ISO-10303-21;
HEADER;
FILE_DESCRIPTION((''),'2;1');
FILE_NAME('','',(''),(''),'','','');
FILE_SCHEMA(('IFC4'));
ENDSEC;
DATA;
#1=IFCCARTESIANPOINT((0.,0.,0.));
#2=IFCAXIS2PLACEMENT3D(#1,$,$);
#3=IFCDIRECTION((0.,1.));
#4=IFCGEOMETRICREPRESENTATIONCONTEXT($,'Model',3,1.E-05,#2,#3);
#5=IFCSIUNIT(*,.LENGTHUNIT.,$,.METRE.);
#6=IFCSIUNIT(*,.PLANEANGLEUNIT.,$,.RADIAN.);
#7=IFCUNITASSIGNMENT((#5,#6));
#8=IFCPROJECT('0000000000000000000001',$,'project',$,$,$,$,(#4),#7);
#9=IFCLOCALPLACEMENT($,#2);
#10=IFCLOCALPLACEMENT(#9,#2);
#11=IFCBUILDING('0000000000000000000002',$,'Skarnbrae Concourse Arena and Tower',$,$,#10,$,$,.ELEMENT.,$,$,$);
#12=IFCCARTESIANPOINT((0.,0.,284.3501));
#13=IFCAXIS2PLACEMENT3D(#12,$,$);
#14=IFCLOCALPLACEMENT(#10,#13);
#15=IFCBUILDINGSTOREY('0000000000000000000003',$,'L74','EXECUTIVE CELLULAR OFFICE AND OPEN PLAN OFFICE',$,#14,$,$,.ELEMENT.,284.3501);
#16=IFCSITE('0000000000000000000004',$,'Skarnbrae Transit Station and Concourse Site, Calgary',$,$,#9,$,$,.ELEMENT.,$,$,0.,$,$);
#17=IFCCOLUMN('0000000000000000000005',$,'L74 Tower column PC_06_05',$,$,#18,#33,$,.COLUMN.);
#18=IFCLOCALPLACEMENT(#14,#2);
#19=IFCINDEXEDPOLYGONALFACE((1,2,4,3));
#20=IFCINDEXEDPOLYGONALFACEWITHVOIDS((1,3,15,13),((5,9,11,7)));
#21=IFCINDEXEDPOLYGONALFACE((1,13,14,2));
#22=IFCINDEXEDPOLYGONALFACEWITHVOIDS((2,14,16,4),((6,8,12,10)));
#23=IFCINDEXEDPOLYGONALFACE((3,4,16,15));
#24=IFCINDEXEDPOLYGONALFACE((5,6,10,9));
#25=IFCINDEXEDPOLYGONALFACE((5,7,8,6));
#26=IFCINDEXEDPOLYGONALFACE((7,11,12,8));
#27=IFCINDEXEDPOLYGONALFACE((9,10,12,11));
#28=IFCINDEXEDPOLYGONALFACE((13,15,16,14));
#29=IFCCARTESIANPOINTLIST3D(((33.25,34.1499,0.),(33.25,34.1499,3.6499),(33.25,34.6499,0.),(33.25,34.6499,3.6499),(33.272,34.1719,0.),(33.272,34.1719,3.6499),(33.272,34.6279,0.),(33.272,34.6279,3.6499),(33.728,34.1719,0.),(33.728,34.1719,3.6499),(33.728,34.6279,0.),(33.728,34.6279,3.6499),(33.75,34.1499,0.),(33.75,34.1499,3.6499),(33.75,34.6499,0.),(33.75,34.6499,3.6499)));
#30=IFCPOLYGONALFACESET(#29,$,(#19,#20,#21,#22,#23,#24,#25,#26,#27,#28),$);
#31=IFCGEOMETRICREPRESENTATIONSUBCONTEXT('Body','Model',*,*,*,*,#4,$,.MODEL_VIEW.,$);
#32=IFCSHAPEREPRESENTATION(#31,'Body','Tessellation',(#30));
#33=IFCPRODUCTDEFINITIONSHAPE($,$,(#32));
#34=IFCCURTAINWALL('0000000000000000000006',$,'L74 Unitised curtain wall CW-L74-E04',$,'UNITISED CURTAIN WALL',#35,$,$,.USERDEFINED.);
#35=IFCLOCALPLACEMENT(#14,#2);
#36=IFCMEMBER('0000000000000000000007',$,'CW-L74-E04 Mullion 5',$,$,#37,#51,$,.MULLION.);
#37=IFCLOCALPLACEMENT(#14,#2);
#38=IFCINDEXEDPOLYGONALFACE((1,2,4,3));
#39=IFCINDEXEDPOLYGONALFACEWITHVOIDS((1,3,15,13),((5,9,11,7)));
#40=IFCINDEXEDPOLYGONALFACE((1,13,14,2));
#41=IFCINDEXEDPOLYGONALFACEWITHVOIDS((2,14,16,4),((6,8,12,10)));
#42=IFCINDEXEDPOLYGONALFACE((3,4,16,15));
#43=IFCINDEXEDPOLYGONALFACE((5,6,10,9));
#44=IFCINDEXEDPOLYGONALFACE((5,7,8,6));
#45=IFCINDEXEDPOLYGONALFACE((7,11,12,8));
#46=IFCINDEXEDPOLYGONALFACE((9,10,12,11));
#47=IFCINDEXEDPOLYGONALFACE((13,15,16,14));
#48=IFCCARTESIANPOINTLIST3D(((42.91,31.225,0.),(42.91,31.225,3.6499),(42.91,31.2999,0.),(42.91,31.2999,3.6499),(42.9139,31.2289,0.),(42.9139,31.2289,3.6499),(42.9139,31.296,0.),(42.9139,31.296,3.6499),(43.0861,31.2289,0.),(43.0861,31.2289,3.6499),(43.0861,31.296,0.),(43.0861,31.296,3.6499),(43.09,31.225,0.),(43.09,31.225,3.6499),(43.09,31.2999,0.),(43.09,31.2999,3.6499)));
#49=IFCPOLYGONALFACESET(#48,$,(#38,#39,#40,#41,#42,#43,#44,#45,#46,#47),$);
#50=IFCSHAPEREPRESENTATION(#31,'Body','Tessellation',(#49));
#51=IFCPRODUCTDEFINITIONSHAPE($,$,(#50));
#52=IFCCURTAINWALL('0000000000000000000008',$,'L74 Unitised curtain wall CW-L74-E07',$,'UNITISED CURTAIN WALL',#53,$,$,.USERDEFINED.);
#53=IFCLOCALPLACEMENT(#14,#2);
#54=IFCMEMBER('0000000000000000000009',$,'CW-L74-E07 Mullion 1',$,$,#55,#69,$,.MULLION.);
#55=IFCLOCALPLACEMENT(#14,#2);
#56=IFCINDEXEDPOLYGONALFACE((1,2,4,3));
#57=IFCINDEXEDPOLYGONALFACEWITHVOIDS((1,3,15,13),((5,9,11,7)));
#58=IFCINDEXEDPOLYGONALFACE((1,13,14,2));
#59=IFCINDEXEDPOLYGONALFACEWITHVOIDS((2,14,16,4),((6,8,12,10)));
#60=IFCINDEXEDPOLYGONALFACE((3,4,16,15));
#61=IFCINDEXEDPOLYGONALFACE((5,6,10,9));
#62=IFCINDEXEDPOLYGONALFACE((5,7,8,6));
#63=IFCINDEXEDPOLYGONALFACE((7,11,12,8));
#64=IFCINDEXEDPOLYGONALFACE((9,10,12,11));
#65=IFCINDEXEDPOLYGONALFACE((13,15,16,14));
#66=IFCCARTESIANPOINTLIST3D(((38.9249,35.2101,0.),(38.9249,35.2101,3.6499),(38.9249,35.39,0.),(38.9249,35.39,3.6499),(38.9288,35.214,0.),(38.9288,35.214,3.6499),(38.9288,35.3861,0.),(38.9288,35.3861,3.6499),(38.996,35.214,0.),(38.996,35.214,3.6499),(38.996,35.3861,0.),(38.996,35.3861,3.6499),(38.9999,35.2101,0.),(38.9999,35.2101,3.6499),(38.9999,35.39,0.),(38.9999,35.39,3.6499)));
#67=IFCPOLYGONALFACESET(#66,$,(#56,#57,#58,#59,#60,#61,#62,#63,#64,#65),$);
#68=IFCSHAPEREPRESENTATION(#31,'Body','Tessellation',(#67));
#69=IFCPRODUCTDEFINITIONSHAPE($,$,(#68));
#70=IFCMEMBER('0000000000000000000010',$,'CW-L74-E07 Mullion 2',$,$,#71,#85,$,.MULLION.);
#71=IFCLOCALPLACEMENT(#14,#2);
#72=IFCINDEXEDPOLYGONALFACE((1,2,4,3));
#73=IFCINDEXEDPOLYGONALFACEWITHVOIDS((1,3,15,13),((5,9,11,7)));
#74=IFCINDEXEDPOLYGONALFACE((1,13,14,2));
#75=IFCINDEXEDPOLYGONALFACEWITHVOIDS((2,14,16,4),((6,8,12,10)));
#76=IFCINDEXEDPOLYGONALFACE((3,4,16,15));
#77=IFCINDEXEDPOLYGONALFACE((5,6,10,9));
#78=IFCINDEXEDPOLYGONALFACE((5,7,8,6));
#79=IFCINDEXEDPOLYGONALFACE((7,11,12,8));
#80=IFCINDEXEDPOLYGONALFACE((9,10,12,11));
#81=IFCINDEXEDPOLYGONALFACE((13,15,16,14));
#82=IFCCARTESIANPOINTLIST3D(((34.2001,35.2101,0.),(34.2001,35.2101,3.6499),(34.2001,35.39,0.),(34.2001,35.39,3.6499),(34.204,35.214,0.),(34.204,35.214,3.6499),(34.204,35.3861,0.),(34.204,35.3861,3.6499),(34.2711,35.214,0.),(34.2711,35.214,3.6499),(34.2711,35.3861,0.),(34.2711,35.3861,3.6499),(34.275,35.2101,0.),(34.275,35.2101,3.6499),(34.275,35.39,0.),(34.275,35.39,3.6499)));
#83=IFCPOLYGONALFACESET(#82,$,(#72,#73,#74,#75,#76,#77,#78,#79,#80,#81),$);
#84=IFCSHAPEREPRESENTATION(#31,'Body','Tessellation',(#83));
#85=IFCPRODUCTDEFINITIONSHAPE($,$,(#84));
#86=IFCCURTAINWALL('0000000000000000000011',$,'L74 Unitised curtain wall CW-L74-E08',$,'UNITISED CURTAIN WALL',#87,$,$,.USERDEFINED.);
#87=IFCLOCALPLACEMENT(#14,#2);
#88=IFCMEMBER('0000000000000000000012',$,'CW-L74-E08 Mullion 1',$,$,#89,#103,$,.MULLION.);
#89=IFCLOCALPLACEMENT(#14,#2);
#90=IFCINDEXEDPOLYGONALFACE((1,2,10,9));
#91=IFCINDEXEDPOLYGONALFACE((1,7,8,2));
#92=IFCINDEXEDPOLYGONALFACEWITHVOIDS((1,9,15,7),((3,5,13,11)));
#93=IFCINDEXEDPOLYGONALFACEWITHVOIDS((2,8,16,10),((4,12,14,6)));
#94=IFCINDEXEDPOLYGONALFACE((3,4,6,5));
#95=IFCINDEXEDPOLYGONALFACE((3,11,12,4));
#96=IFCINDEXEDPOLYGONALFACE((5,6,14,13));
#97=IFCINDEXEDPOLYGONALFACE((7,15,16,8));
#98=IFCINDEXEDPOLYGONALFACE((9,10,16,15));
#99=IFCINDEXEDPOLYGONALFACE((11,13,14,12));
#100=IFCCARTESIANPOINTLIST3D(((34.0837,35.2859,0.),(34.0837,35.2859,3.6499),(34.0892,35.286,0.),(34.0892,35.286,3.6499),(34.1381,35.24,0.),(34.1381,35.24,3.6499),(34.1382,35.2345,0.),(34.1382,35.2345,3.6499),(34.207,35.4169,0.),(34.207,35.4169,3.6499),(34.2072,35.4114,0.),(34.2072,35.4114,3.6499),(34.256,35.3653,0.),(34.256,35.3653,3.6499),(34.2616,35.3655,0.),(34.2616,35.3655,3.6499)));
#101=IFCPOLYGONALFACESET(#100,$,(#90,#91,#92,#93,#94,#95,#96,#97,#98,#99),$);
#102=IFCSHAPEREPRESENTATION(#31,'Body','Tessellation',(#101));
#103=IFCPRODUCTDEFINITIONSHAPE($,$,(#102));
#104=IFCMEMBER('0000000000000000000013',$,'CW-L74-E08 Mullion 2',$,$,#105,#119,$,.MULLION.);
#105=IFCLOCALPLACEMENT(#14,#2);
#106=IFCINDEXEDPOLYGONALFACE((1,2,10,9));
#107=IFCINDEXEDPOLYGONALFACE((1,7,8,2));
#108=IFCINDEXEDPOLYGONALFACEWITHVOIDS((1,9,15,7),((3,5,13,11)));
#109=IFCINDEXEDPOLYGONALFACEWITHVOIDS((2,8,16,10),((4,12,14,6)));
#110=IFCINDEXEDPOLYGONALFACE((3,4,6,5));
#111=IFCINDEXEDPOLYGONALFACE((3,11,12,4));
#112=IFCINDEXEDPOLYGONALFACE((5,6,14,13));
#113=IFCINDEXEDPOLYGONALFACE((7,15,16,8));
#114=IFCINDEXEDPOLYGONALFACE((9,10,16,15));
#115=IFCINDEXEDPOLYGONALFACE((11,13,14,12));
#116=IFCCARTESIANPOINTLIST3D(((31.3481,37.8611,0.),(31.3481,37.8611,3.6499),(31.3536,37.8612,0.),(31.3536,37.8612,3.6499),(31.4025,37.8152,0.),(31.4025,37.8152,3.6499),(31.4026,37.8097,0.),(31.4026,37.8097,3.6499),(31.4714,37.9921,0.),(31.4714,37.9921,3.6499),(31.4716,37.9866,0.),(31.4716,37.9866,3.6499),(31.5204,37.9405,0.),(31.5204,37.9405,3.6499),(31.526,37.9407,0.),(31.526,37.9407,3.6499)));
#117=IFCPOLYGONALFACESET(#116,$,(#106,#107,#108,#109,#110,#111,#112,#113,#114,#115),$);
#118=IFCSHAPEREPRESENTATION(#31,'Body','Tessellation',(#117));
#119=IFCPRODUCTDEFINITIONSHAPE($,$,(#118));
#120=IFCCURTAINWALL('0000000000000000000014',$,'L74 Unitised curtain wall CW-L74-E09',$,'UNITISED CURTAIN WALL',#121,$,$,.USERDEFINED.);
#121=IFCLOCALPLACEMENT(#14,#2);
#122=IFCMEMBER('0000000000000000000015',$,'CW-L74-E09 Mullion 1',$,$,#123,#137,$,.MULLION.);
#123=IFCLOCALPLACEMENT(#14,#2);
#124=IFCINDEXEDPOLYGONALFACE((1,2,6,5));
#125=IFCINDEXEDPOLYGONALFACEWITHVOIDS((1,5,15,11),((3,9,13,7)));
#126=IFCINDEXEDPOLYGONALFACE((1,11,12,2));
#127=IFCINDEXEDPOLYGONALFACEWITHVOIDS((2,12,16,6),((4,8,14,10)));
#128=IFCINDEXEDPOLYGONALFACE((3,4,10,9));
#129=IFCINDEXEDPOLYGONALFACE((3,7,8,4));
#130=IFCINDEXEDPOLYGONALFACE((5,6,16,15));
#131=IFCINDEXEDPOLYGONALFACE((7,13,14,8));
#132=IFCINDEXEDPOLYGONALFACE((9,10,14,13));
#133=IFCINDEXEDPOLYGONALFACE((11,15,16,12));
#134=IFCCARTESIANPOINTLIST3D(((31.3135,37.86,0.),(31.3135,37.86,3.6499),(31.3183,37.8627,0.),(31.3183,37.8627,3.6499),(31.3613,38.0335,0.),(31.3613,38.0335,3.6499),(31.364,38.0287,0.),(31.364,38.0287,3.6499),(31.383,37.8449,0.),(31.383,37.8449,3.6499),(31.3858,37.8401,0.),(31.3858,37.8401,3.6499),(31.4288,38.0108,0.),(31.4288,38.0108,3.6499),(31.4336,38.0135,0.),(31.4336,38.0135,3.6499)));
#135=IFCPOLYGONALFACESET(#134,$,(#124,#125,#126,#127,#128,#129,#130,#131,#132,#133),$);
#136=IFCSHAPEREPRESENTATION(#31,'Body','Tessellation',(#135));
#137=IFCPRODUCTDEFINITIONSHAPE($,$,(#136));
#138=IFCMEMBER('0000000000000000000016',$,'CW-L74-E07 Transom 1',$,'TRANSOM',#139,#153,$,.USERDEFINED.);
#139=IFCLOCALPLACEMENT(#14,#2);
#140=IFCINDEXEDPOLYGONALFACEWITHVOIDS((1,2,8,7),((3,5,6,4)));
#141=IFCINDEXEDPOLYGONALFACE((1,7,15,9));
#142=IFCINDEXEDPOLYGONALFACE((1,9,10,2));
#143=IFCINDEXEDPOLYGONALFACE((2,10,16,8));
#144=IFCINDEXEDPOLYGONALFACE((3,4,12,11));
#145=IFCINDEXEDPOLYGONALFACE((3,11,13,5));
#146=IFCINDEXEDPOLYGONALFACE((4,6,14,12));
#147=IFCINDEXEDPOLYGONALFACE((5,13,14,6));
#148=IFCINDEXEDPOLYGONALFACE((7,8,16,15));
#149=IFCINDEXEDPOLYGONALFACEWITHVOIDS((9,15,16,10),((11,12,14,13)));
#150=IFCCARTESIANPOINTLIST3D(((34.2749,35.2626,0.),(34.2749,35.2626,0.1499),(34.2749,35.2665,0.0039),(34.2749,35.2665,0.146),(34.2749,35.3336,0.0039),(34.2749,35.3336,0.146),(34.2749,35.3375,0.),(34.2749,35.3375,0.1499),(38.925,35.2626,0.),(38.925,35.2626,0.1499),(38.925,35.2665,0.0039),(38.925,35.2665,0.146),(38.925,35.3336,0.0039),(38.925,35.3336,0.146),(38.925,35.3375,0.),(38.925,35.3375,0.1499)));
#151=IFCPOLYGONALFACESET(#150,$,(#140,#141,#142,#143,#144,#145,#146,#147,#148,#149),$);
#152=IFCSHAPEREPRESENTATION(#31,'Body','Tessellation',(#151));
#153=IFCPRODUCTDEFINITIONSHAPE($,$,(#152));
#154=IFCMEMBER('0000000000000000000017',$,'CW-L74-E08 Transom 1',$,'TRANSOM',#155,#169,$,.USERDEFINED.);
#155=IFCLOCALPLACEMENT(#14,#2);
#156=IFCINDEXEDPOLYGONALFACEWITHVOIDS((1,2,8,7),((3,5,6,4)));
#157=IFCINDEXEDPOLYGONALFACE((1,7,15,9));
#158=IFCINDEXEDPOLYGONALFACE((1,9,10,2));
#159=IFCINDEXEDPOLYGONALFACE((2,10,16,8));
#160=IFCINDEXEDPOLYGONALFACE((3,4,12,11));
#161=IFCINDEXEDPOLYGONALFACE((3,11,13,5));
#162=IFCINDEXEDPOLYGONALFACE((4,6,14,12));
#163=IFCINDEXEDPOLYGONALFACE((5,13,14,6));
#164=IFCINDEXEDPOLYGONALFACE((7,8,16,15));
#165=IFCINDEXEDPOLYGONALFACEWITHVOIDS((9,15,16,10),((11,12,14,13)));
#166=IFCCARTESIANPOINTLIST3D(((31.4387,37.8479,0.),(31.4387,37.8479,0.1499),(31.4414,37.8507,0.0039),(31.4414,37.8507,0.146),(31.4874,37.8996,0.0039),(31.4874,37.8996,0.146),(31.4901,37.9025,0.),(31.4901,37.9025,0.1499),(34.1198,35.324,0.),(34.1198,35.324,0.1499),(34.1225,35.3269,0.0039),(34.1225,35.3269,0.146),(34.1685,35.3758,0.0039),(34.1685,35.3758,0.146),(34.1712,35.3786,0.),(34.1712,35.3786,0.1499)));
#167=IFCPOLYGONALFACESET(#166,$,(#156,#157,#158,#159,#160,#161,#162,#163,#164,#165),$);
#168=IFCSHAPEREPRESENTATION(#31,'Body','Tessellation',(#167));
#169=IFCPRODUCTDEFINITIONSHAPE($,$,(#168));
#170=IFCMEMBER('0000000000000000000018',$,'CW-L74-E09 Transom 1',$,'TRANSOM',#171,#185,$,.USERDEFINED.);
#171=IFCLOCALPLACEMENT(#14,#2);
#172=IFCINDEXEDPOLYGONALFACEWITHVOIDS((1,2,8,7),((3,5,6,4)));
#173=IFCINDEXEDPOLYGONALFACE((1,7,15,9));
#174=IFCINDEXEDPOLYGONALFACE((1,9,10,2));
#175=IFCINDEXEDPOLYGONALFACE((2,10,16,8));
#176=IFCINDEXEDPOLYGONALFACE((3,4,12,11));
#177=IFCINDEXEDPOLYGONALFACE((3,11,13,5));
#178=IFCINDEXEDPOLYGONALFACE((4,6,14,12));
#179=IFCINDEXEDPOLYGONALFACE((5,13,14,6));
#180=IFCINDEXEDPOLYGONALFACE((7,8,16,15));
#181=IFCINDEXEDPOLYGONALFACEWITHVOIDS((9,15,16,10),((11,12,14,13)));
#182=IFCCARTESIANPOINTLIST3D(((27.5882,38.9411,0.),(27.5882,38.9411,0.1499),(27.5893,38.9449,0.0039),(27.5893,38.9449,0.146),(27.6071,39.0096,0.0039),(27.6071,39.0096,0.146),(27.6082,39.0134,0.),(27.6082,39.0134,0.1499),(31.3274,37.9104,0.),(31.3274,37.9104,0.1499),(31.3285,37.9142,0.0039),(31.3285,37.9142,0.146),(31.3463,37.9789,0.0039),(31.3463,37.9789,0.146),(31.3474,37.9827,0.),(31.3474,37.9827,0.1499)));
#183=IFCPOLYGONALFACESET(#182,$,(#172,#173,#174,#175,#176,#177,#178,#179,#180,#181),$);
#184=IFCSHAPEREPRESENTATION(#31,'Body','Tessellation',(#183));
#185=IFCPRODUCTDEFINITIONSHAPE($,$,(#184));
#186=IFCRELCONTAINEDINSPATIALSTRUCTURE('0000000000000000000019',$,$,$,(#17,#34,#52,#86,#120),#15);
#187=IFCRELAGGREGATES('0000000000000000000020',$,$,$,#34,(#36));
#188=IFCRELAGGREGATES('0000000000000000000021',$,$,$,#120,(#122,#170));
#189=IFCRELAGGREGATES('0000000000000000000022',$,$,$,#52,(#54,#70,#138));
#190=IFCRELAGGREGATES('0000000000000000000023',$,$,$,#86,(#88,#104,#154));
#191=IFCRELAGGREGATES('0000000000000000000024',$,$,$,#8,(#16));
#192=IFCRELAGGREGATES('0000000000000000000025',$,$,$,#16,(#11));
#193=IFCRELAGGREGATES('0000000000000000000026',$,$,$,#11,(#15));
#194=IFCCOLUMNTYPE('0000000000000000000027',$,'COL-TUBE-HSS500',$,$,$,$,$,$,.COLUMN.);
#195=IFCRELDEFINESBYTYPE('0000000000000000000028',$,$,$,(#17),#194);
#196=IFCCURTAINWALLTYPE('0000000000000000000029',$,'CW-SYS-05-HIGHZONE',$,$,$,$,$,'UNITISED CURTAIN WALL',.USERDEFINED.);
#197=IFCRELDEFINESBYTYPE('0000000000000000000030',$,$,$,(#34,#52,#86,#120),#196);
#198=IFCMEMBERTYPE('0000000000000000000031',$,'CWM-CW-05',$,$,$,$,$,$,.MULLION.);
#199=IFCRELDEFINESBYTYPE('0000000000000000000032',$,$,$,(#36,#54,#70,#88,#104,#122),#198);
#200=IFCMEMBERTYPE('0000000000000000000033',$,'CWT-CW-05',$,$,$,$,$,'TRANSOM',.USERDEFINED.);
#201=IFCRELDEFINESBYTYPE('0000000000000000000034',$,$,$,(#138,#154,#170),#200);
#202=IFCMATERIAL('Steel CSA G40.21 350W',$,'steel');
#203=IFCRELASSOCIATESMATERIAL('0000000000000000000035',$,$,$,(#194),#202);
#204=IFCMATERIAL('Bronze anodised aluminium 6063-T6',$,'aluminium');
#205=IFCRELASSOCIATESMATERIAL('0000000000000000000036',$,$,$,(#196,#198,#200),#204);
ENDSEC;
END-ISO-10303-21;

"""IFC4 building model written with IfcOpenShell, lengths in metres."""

from ifc_helpers import new_model, si_unit, direction, frame, origin, origin_2d, place, context, subcontext, project, spatial, hollow_rectangle, extrude, source, transform, mapped, material, material_profile, profile_set, type_object, element, aggregate, save


model = new_model("IFC4")

# Units and contexts
model_context = context("Model", 3, precision=1e-05, world=origin(), true_north=direction((0.0, 1.0)))
body_context = subcontext(model_context, "Body", "Model", "MODEL_VIEW")
ifc_project = project(units=[si_unit("LENGTHUNIT", "METRE"), si_unit("PLANEANGLEUNIT", "RADIAN")], contexts=[model_context])

# Site, building, storey
site_placement = place(None, origin())
site = spatial("IfcSite", under=ifc_project, at=site_placement, Name="Skarnbrae Transit Station and Concourse Site, Calgary", CompositionType="ELEMENT", RefElevation=0.0)
building_placement = place(site_placement, origin())
building = spatial("IfcBuilding", under=site, at=building_placement, Name="Skarnbrae Concourse Arena and Tower", CompositionType="ELEMENT")
storey_placement = place(building_placement, frame((0.0, 0.0, 284.3501)))
storey = spatial("IfcBuildingStorey", under=building, at=storey_placement, Name="L74", Description="EXECUTIVE CELLULAR OFFICE AND OPEN PLAN OFFICE", CompositionType="ELEMENT", Elevation=284.3501)

# Column
ifc_material_1 = material(Name="Steel CSA G40.21 350W", Category="steel")
ifc_material_profile_1 = material_profile(ifc_material_1, hollow_rectangle(XDim=0.5, YDim=0.5, WallThickness=0.022, at=origin_2d()), Name="HSS500X500X22.0")
ifc_profile_set_1 = profile_set([ifc_material_profile_1], Name="Steel CSA G40.21 350W")
column_type = type_object("IfcColumnType", Name="COL-TUBE-HSS500", PredefinedType="COLUMN", material=ifc_profile_set_1)
shared_shape_1 = source(origin(), body_context, "Body", "SweptSolid", [
    extrude(hollow_rectangle(XDim=0.5, YDim=0.5, WallThickness=0.022, at=origin_2d()), origin(), (0.0, 0.0, 1.0), 3.6499),
])
column_placement = place(storey_placement, frame((33.5, 34.3999, 0.0), z_axis=(0.0, 0.0, 1.0), x_axis=(1.0, 0.0, 0.0)))
element("IfcColumn", 1, at=column_placement, inside=storey, type_object=column_type, Name="L74 Tower column PC_06_05", PredefinedType="COLUMN", context=body_context, shape_type="MappedRepresentation", body=[
    mapped(shared_shape_1, transform((0.0, 0.0, 0.0))),
])

# Curtain wall, member
ifc_material_2 = material(Name="Bronze anodised aluminium 6063-T6", Category="aluminium")
curtain_wall_type = type_object("IfcCurtainWallType", Name="CW-SYS-05-HIGHZONE", ElementType="UNITISED CURTAIN WALL", PredefinedType="USERDEFINED", material=ifc_material_2)
curtain_wall_1_placement = place(storey_placement, origin())
curtain_wall_1 = element("IfcCurtainWall", 2, at=curtain_wall_1_placement, inside=storey, type_object=curtain_wall_type, Name="L74 Unitised curtain wall CW-L74-E04", ObjectType="UNITISED CURTAIN WALL", PredefinedType="USERDEFINED")
ifc_material_profile_2 = material_profile(ifc_material_2, hollow_rectangle(XDim=0.075, YDim=0.1799, WallThickness=0.0039, at=origin_2d()), Name="ALU-MULL-75X180")
ifc_profile_set_2 = profile_set([ifc_material_profile_2], Name="Bronze anodised aluminium 6063-T6")
member_type_1 = type_object("IfcMemberType", Name="CWM-CW-05", PredefinedType="MULLION", material=ifc_profile_set_2)
shared_shape_2 = source(origin(), body_context, "Body", "SweptSolid", [
    extrude(hollow_rectangle(XDim=0.075, YDim=0.1799, WallThickness=0.0039, at=origin_2d()), origin(), (0.0, 0.0, 1.0), 3.6499),
])
member_1_placement = place(storey_placement, frame((43.0, 31.2625, 0.0), z_axis=(0.0, 0.0, 1.0), x_axis=(0.0, 1.0, 0.0)))
member_1 = element("IfcMember", 3, at=member_1_placement, type_object=member_type_1, Name="CW-L74-E04 Mullion 5", PredefinedType="MULLION", context=body_context, shape_type="MappedRepresentation", body=[
    mapped(shared_shape_2, transform((0.0, 0.0, 0.0))),
])
aggregate(curtain_wall_1, [member_1])

# Curtain walls, members
curtain_wall_2_placement = place(storey_placement, origin())
curtain_wall_2 = element("IfcCurtainWall", 4, at=curtain_wall_2_placement, inside=storey, type_object=curtain_wall_type, Name="L74 Unitised curtain wall CW-L74-E07", ObjectType="UNITISED CURTAIN WALL", PredefinedType="USERDEFINED")
member_2_placement = place(storey_placement, frame((38.9624, 35.3, 0.0), z_axis=(0.0, 0.0, 1.0), x_axis=(-1.0, 0.0, 0.0)))
member_2 = element("IfcMember", 5, at=member_2_placement, type_object=member_type_1, Name="CW-L74-E07 Mullion 1", PredefinedType="MULLION", context=body_context, shape_type="MappedRepresentation", body=[
    mapped(shared_shape_2, transform((0.0, 0.0, 0.0))),
])
member_3_placement = place(storey_placement, frame((34.2375, 35.3, 0.0), z_axis=(0.0, 0.0, 1.0), x_axis=(-1.0, 0.0, 0.0)))
member_3 = element("IfcMember", 6, at=member_3_placement, type_object=member_type_1, Name="CW-L74-E07 Mullion 2", PredefinedType="MULLION", context=body_context, shape_type="MappedRepresentation", body=[
    mapped(shared_shape_2, transform((0.0, 0.0, 0.0))),
])
curtain_wall_3_placement = place(storey_placement, origin())
curtain_wall_3 = element("IfcCurtainWall", 7, at=curtain_wall_3_placement, inside=storey, type_object=curtain_wall_type, Name="L74 Unitised curtain wall CW-L74-E08", ObjectType="UNITISED CURTAIN WALL", PredefinedType="USERDEFINED")
member_4_placement = place(storey_placement, frame((34.1726, 35.3257, 0.0), z_axis=(0.0, 0.0, 1.0), x_axis=(-0.728131, 0.685438, 0.0)))
member_4 = element("IfcMember", 8, at=member_4_placement, type_object=member_type_1, Name="CW-L74-E08 Mullion 1", PredefinedType="MULLION", context=body_context, shape_type="MappedRepresentation", body=[
    mapped(shared_shape_2, transform((0.0, 0.0, 0.0))),
])
member_5_placement = place(storey_placement, frame((31.437, 37.9009, 0.0), z_axis=(0.0, 0.0, 1.0), x_axis=(-0.728131, 0.685438, 0.0)))
member_5 = element("IfcMember", 9, at=member_5_placement, type_object=member_type_1, Name="CW-L74-E08 Mullion 2", PredefinedType="MULLION", context=body_context, shape_type="MappedRepresentation", body=[
    mapped(shared_shape_2, transform((0.0, 0.0, 0.0))),
])

# Curtain wall, member
curtain_wall_4_placement = place(storey_placement, origin())
curtain_wall_4 = element("IfcCurtainWall", 10, at=curtain_wall_4_placement, inside=storey, type_object=curtain_wall_type, Name="L74 Unitised curtain wall CW-L74-E09", ObjectType="UNITISED CURTAIN WALL", PredefinedType="USERDEFINED")
member_6_placement = place(storey_placement, frame((31.3735, 37.9368, 0.0), z_axis=(0.0, 0.0, 1.0), x_axis=(-0.964057, 0.265694, 0.0)))
member_6 = element("IfcMember", 11, at=member_6_placement, type_object=member_type_1, Name="CW-L74-E09 Mullion 1", PredefinedType="MULLION", context=body_context, shape_type="MappedRepresentation", body=[
    mapped(shared_shape_2, transform((0.0, 0.0, 0.0))),
])

# Members
ifc_material_profile_3 = material_profile(ifc_material_2, hollow_rectangle(XDim=0.075, YDim=0.1499, WallThickness=0.0039, at=origin_2d()), Name="ALU-TRAN-75X150")
ifc_profile_set_3 = profile_set([ifc_material_profile_3], Name="Bronze anodised aluminium 6063-T6")
member_type_2 = type_object("IfcMemberType", Name="CWT-CW-05", ElementType="TRANSOM", PredefinedType="USERDEFINED", material=ifc_profile_set_3)
shared_shape_3 = source(origin(), body_context, "Body", "SweptSolid", [
    extrude(hollow_rectangle(XDim=0.075, YDim=0.1499, WallThickness=0.0039, at=origin_2d()), origin(), (0.0, 0.0, 1.0), 4.6501),
])
member_7_placement = place(storey_placement, frame((38.925, 35.3, 0.075), z_axis=(-1.0, 0.0, 0.0), x_axis=(0.0, -1.0, 0.0)))
member_7 = element("IfcMember", 12, at=member_7_placement, type_object=member_type_2, Name="CW-L74-E07 Transom 1", ObjectType="TRANSOM", PredefinedType="USERDEFINED", context=body_context, shape_type="MappedRepresentation", body=[
    mapped(shared_shape_3, transform((0.0, 0.0, 0.0))),
])
shared_shape_4 = source(origin(), body_context, "Body", "SweptSolid", [
    extrude(hollow_rectangle(XDim=0.075, YDim=0.1499, WallThickness=0.0039, at=origin_2d()), origin(), (0.0, 0.0, 1.0), 3.6821),
])
member_8_placement = place(storey_placement, frame((34.1455, 35.3513, 0.075), z_axis=(-0.728134, 0.685435, 0.0), x_axis=(-0.685435, -0.728134, 0.0)))
member_8 = element("IfcMember", 13, at=member_8_placement, type_object=member_type_2, Name="CW-L74-E08 Transom 1", ObjectType="TRANSOM", PredefinedType="USERDEFINED", context=body_context, shape_type="MappedRepresentation", body=[
    mapped(shared_shape_4, transform((0.0, 0.0, 0.0))),
])
shared_shape_5 = source(origin(), body_context, "Body", "SweptSolid", [
    extrude(hollow_rectangle(XDim=0.075, YDim=0.1499, WallThickness=0.0039, at=origin_2d()), origin(), (0.0, 0.0, 1.0), 3.8787),
])
member_9_placement = place(storey_placement, frame((31.3374, 37.9465, 0.075), z_axis=(-0.964043, 0.265747, 0.0), x_axis=(-0.265747, -0.964043, 0.0)))
member_9 = element("IfcMember", 14, at=member_9_placement, type_object=member_type_2, Name="CW-L74-E09 Transom 1", ObjectType="TRANSOM", PredefinedType="USERDEFINED", context=body_context, shape_type="MappedRepresentation", body=[
    mapped(shared_shape_5, transform((0.0, 0.0, 0.0))),
])
aggregate(curtain_wall_4, [member_6, member_9])

aggregate(curtain_wall_2, [member_2, member_3, member_7])
aggregate(curtain_wall_3, [member_4, member_5, member_8])

save(model, "model.ifc")
